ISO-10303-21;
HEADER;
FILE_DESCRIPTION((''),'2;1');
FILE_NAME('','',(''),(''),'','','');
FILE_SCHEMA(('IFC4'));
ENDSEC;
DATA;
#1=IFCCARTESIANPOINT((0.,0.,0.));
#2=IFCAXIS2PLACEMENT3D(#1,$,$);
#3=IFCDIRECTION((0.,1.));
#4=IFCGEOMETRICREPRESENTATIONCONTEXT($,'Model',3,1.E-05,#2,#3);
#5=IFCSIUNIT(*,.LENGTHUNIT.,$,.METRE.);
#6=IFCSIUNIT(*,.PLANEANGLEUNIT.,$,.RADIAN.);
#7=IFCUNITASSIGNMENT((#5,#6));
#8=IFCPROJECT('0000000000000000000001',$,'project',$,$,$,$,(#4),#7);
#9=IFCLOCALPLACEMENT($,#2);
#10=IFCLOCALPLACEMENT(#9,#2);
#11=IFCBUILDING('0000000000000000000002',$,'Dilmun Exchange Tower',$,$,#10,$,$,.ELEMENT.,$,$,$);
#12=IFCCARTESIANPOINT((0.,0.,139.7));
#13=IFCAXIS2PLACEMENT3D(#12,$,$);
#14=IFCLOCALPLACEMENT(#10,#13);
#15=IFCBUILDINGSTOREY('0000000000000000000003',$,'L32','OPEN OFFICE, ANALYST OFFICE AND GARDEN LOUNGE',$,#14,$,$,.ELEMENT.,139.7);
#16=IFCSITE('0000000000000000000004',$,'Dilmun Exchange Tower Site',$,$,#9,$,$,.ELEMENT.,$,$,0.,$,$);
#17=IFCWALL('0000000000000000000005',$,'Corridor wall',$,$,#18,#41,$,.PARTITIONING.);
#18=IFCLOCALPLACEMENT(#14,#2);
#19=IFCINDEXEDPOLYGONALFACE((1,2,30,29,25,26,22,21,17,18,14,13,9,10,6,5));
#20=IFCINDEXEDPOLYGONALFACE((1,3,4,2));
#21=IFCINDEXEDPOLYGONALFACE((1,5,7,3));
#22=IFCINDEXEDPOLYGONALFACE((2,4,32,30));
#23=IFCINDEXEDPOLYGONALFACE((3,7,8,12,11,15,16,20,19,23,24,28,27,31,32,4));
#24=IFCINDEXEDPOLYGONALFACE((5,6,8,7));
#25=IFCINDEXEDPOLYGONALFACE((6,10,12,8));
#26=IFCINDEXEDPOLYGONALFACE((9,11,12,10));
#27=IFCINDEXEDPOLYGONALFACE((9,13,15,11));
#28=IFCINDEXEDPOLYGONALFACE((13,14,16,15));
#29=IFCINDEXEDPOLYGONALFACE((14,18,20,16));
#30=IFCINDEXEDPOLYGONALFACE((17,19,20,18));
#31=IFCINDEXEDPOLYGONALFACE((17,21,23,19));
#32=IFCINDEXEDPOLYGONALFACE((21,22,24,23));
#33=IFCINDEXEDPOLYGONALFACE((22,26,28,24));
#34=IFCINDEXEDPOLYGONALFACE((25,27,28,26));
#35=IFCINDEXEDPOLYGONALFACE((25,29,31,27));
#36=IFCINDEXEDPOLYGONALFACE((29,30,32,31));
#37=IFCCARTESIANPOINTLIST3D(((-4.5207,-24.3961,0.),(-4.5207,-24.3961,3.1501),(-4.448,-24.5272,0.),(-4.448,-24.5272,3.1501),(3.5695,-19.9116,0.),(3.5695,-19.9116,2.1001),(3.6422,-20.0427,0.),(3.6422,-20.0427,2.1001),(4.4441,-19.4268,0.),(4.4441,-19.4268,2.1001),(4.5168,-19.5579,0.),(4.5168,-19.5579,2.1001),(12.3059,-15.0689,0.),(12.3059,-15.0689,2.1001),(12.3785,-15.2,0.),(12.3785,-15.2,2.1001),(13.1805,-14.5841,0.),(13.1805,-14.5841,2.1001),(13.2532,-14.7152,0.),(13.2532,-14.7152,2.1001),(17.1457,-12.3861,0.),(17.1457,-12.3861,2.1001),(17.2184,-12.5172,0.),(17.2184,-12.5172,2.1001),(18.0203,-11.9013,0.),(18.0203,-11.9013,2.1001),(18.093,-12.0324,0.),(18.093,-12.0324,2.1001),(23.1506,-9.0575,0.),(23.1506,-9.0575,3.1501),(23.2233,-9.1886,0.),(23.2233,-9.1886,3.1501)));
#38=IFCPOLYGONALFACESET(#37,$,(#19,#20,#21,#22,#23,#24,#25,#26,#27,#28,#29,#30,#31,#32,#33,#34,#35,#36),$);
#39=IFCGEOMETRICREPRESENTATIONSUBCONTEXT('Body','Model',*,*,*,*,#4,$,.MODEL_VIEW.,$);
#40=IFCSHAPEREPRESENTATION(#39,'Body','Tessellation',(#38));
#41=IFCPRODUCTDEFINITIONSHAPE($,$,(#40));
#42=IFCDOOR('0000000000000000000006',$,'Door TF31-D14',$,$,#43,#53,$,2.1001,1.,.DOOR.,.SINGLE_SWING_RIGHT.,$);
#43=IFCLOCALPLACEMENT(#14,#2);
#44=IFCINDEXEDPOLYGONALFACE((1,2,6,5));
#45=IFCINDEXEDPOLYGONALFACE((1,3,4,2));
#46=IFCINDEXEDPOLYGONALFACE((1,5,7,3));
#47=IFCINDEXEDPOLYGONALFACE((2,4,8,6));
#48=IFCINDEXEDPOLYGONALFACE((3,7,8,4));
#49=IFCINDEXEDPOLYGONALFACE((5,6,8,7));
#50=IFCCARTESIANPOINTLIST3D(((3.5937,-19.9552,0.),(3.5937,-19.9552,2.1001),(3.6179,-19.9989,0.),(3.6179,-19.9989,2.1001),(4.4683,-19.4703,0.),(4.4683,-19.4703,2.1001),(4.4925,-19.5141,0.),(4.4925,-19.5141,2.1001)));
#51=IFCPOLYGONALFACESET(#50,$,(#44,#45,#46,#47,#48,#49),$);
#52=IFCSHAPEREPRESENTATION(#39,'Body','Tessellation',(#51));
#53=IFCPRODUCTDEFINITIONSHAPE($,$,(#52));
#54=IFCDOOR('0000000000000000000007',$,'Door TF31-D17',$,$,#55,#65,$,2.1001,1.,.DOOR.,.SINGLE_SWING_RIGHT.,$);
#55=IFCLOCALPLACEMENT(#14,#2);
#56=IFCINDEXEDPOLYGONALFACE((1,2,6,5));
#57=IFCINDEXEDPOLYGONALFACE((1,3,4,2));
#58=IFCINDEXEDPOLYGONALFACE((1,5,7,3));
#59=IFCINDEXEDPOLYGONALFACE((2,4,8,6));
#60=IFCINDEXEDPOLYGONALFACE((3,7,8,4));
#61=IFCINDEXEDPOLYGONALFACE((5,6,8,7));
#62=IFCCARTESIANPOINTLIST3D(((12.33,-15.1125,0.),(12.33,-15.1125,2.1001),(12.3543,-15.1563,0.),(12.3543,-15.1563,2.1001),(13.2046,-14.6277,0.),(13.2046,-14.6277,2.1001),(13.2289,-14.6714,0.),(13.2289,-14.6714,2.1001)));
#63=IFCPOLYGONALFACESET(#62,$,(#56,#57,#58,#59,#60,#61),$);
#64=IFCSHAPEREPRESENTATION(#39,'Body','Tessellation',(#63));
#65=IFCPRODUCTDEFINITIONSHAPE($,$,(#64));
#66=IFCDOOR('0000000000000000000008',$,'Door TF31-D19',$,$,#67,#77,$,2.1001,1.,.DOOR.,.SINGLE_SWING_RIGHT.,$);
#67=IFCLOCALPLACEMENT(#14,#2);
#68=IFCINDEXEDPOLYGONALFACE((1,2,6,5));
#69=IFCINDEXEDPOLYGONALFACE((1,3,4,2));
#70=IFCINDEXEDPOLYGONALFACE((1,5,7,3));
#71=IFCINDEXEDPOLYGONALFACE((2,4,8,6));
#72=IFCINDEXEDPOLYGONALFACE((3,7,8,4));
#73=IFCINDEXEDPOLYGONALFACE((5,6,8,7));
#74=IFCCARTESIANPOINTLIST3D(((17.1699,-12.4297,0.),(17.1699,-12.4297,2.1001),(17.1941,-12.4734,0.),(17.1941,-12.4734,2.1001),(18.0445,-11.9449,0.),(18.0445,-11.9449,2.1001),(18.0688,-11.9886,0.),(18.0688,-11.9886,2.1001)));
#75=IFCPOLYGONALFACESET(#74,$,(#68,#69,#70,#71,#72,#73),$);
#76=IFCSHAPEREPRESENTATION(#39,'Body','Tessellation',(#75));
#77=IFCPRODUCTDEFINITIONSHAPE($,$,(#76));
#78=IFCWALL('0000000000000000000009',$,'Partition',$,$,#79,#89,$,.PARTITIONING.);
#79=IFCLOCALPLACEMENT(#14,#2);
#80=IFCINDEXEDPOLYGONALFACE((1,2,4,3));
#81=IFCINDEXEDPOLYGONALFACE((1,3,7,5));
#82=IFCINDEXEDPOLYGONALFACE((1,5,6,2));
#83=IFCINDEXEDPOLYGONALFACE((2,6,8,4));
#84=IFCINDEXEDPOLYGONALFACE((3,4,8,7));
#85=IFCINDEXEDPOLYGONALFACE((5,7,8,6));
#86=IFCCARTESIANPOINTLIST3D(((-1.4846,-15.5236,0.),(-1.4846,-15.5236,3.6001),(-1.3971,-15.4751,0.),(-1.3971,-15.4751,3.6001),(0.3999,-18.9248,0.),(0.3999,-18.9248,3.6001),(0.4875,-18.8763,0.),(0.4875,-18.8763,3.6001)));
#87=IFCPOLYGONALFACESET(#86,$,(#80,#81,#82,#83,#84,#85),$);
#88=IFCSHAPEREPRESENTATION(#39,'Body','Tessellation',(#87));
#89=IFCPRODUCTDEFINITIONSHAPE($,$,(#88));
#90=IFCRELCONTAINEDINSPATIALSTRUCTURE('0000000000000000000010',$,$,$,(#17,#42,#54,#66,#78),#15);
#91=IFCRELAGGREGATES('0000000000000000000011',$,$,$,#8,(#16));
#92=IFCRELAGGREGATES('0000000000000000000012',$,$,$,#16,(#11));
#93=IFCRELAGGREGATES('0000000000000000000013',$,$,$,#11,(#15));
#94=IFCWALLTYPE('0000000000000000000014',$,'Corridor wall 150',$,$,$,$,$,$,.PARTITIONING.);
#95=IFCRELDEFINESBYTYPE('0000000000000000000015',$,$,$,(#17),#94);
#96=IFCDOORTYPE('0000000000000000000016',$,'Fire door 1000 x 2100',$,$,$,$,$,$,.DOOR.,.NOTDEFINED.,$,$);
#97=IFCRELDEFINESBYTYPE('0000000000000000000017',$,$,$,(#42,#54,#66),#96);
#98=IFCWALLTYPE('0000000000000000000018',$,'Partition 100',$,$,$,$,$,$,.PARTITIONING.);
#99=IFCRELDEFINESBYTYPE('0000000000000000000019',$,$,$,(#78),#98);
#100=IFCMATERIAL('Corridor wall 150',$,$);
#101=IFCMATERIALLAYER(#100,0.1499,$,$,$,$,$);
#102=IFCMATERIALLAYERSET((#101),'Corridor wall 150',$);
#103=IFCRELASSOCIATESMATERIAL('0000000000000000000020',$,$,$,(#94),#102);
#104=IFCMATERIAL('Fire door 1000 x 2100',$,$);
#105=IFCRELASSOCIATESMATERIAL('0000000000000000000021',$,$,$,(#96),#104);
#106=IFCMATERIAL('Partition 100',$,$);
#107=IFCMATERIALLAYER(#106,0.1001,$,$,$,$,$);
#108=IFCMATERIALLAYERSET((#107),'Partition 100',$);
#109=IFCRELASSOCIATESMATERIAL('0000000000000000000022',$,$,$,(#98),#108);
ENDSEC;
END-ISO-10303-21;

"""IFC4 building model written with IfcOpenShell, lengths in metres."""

from ifc_helpers import new_model, si_unit, direction, frame, frame_2d, origin, place, context, subcontext, project, spatial, rectangle, extrude, material, layer, layer_set, type_object, element, fill, save


model = new_model("IFC4")

# Units and contexts
model_context = context("Model", 3, precision=1e-05, world=origin(), true_north=direction((0.0, 1.0)))
body_context = subcontext(model_context, "Body", "Model", "MODEL_VIEW")
ifc_project = project(units=[si_unit("LENGTHUNIT", "METRE"), si_unit("PLANEANGLEUNIT", "RADIAN")], contexts=[model_context])

# Site, building, storey
site_placement = place(None, origin())
site = spatial("IfcSite", under=ifc_project, at=site_placement, Name="Dilmun Exchange Tower Site", CompositionType="ELEMENT", RefElevation=0.0)
building_placement = place(site_placement, origin())
building = spatial("IfcBuilding", under=site, at=building_placement, Name="Dilmun Exchange Tower", CompositionType="ELEMENT")
storey_placement = place(building_placement, frame((0.0, 0.0, 139.7)))
storey = spatial("IfcBuildingStorey", under=building, at=storey_placement, Name="L32", Description="OPEN OFFICE, ANALYST OFFICE AND GARDEN LOUNGE", CompositionType="ELEMENT", Elevation=139.7)

# Shared definitions
ifc_material_1 = material(Name="Corridor wall 150")
ifc_layer_1 = layer(ifc_material_1, 0.1499)
ifc_layer_set_1 = layer_set([ifc_layer_1], Name="Corridor wall 150")
wall_type_1 = type_object("IfcWallType", Name="Corridor wall 150", PredefinedType="PARTITIONING", material=ifc_layer_set_1)
ifc_material_2 = material(Name="Fire door 1000 x 2100")
door_type_1 = type_object("IfcDoorType", Name="Fire door 1000 x 2100", OperationType="NOTDEFINED", PredefinedType="DOOR", material=ifc_material_2)

# Wall, openings, doors
wall_1_placement = place(storey_placement, frame((-4.4844, -24.4617, 0.0), z_axis=(0.0, 0.0, 1.0), x_axis=(0.874618, 0.484813, 0.0)))
wall_1 = element("IfcWall", 1, at=wall_1_placement, inside=storey, type_object=wall_type_1, Name="Corridor wall", PredefinedType="PARTITIONING", context=body_context, shape_type="SweptSolid", body=[
    extrude(rectangle(XDim=31.6382, YDim=0.1499, at=frame_2d((15.8191, 0.0))), origin(), (0.0, 0.0, 1.0), 3.1501),
])
opening_1_placement = place(wall_1_placement, frame((9.25, 0.0, 0.0)))
opening_1 = element("IfcOpeningElement", 2, at=opening_1_placement, cuts=wall_1, PredefinedType="OPENING", context=body_context, shape_type="SweptSolid", body=[
    extrude(rectangle(XDim=1.0, YDim=2.1001, at=frame_2d((0.5, 1.05))), frame((0.0, 0.085, 0.0), z_axis=(0.0, -1.0, 0.0), x_axis=(1.0, 0.0, 0.0)), (0.0, 0.0, 1.0), 0.1699),
])
opening_2_placement = place(wall_1_placement, frame((19.2388, 0.0, 0.0)))
opening_2 = element("IfcOpeningElement", 3, at=opening_2_placement, cuts=wall_1, PredefinedType="OPENING", context=body_context, shape_type="SweptSolid", body=[
    extrude(rectangle(XDim=1.0, YDim=2.1001, at=frame_2d((0.5, 1.05))), frame((0.0, 0.085, 0.0), z_axis=(0.0, -1.0, 0.0), x_axis=(1.0, 0.0, 0.0)), (0.0, 0.0, 1.0), 0.1699),
])
opening_3_placement = place(wall_1_placement, frame((24.7725, 0.0, 0.0)))
opening_3 = element("IfcOpeningElement", 4, at=opening_3_placement, cuts=wall_1, PredefinedType="OPENING", context=body_context, shape_type="SweptSolid", body=[
    extrude(rectangle(XDim=1.0, YDim=2.1001, at=frame_2d((0.5, 1.05))), frame((0.0, 0.085, 0.0), z_axis=(0.0, -1.0, 0.0), x_axis=(1.0, 0.0, 0.0)), (0.0, 0.0, 1.0), 0.1699),
])
door_1_placement = place(opening_1_placement, frame((1.0, 0.0, 0.0), z_axis=(0.0, 0.0, 1.0), x_axis=(-1.0, 0.0, 0.0)))
door_1 = element("IfcDoor", 5, at=door_1_placement, inside=storey, type_object=door_type_1, Name="Door TF31-D14", OperationType="SINGLE_SWING_RIGHT", OverallHeight=2.1001, OverallWidth=1.0, PredefinedType="DOOR", context=body_context, shape_type="SweptSolid", body=[
    extrude(rectangle(XDim=1.0, YDim=2.1001, at=frame_2d((0.5, 1.05))), frame((0.0, 0.0249, 0.0), z_axis=(0.0, -1.0, 0.0), x_axis=(1.0, 0.0, 0.0)), (0.0, 0.0, 1.0), 0.05),
])
fill(opening_1, door_1)
door_2_placement = place(opening_2_placement, frame((1.0, 0.0, 0.0), z_axis=(0.0, 0.0, 1.0), x_axis=(-1.0, 0.0, 0.0)))
door_2 = element("IfcDoor", 6, at=door_2_placement, inside=storey, type_object=door_type_1, Name="Door TF31-D17", OperationType="SINGLE_SWING_RIGHT", OverallHeight=2.1001, OverallWidth=1.0, PredefinedType="DOOR", context=body_context, shape_type="SweptSolid", body=[
    extrude(rectangle(XDim=1.0, YDim=2.1001, at=frame_2d((0.5, 1.05))), frame((0.0, 0.0249, 0.0), z_axis=(0.0, -1.0, 0.0), x_axis=(1.0, 0.0, 0.0)), (0.0, 0.0, 1.0), 0.05),
])
fill(opening_2, door_2)
door_3_placement = place(opening_3_placement, frame((1.0, 0.0, 0.0), z_axis=(0.0, 0.0, 1.0), x_axis=(-1.0, 0.0, 0.0)))
door_3 = element("IfcDoor", 7, at=door_3_placement, inside=storey, type_object=door_type_1, Name="Door TF31-D19", OperationType="SINGLE_SWING_RIGHT", OverallHeight=2.1001, OverallWidth=1.0, PredefinedType="DOOR", context=body_context, shape_type="SweptSolid", body=[
    extrude(rectangle(XDim=1.0, YDim=2.1001, at=frame_2d((0.5, 1.05))), frame((0.0, 0.0249, 0.0), z_axis=(0.0, -1.0, 0.0), x_axis=(1.0, 0.0, 0.0)), (0.0, 0.0, 1.0), 0.05),
])
fill(opening_3, door_3)

# Wall
ifc_material_3 = material(Name="Partition 100")
ifc_layer_2 = layer(ifc_material_3, 0.1001)
ifc_layer_set_2 = layer_set([ifc_layer_2], Name="Partition 100")
wall_type_2 = type_object("IfcWallType", Name="Partition 100", PredefinedType="PARTITIONING", material=ifc_layer_set_2)
wall_2_placement = place(storey_placement, frame((-1.4409, -15.4993, 0.0), z_axis=(0.0, 0.0, 1.0), x_axis=(0.484662, -0.874702, 0.0)))
element("IfcWall", 8, at=wall_2_placement, inside=storey, type_object=wall_type_2, Name="Partition", PredefinedType="PARTITIONING", context=body_context, shape_type="SweptSolid", body=[
    extrude(rectangle(XDim=3.8884, YDim=0.1001, at=frame_2d((1.9443, 0.0))), origin(), (0.0, 0.0, 1.0), 3.6001),
])

save(model, "model.ifc")
